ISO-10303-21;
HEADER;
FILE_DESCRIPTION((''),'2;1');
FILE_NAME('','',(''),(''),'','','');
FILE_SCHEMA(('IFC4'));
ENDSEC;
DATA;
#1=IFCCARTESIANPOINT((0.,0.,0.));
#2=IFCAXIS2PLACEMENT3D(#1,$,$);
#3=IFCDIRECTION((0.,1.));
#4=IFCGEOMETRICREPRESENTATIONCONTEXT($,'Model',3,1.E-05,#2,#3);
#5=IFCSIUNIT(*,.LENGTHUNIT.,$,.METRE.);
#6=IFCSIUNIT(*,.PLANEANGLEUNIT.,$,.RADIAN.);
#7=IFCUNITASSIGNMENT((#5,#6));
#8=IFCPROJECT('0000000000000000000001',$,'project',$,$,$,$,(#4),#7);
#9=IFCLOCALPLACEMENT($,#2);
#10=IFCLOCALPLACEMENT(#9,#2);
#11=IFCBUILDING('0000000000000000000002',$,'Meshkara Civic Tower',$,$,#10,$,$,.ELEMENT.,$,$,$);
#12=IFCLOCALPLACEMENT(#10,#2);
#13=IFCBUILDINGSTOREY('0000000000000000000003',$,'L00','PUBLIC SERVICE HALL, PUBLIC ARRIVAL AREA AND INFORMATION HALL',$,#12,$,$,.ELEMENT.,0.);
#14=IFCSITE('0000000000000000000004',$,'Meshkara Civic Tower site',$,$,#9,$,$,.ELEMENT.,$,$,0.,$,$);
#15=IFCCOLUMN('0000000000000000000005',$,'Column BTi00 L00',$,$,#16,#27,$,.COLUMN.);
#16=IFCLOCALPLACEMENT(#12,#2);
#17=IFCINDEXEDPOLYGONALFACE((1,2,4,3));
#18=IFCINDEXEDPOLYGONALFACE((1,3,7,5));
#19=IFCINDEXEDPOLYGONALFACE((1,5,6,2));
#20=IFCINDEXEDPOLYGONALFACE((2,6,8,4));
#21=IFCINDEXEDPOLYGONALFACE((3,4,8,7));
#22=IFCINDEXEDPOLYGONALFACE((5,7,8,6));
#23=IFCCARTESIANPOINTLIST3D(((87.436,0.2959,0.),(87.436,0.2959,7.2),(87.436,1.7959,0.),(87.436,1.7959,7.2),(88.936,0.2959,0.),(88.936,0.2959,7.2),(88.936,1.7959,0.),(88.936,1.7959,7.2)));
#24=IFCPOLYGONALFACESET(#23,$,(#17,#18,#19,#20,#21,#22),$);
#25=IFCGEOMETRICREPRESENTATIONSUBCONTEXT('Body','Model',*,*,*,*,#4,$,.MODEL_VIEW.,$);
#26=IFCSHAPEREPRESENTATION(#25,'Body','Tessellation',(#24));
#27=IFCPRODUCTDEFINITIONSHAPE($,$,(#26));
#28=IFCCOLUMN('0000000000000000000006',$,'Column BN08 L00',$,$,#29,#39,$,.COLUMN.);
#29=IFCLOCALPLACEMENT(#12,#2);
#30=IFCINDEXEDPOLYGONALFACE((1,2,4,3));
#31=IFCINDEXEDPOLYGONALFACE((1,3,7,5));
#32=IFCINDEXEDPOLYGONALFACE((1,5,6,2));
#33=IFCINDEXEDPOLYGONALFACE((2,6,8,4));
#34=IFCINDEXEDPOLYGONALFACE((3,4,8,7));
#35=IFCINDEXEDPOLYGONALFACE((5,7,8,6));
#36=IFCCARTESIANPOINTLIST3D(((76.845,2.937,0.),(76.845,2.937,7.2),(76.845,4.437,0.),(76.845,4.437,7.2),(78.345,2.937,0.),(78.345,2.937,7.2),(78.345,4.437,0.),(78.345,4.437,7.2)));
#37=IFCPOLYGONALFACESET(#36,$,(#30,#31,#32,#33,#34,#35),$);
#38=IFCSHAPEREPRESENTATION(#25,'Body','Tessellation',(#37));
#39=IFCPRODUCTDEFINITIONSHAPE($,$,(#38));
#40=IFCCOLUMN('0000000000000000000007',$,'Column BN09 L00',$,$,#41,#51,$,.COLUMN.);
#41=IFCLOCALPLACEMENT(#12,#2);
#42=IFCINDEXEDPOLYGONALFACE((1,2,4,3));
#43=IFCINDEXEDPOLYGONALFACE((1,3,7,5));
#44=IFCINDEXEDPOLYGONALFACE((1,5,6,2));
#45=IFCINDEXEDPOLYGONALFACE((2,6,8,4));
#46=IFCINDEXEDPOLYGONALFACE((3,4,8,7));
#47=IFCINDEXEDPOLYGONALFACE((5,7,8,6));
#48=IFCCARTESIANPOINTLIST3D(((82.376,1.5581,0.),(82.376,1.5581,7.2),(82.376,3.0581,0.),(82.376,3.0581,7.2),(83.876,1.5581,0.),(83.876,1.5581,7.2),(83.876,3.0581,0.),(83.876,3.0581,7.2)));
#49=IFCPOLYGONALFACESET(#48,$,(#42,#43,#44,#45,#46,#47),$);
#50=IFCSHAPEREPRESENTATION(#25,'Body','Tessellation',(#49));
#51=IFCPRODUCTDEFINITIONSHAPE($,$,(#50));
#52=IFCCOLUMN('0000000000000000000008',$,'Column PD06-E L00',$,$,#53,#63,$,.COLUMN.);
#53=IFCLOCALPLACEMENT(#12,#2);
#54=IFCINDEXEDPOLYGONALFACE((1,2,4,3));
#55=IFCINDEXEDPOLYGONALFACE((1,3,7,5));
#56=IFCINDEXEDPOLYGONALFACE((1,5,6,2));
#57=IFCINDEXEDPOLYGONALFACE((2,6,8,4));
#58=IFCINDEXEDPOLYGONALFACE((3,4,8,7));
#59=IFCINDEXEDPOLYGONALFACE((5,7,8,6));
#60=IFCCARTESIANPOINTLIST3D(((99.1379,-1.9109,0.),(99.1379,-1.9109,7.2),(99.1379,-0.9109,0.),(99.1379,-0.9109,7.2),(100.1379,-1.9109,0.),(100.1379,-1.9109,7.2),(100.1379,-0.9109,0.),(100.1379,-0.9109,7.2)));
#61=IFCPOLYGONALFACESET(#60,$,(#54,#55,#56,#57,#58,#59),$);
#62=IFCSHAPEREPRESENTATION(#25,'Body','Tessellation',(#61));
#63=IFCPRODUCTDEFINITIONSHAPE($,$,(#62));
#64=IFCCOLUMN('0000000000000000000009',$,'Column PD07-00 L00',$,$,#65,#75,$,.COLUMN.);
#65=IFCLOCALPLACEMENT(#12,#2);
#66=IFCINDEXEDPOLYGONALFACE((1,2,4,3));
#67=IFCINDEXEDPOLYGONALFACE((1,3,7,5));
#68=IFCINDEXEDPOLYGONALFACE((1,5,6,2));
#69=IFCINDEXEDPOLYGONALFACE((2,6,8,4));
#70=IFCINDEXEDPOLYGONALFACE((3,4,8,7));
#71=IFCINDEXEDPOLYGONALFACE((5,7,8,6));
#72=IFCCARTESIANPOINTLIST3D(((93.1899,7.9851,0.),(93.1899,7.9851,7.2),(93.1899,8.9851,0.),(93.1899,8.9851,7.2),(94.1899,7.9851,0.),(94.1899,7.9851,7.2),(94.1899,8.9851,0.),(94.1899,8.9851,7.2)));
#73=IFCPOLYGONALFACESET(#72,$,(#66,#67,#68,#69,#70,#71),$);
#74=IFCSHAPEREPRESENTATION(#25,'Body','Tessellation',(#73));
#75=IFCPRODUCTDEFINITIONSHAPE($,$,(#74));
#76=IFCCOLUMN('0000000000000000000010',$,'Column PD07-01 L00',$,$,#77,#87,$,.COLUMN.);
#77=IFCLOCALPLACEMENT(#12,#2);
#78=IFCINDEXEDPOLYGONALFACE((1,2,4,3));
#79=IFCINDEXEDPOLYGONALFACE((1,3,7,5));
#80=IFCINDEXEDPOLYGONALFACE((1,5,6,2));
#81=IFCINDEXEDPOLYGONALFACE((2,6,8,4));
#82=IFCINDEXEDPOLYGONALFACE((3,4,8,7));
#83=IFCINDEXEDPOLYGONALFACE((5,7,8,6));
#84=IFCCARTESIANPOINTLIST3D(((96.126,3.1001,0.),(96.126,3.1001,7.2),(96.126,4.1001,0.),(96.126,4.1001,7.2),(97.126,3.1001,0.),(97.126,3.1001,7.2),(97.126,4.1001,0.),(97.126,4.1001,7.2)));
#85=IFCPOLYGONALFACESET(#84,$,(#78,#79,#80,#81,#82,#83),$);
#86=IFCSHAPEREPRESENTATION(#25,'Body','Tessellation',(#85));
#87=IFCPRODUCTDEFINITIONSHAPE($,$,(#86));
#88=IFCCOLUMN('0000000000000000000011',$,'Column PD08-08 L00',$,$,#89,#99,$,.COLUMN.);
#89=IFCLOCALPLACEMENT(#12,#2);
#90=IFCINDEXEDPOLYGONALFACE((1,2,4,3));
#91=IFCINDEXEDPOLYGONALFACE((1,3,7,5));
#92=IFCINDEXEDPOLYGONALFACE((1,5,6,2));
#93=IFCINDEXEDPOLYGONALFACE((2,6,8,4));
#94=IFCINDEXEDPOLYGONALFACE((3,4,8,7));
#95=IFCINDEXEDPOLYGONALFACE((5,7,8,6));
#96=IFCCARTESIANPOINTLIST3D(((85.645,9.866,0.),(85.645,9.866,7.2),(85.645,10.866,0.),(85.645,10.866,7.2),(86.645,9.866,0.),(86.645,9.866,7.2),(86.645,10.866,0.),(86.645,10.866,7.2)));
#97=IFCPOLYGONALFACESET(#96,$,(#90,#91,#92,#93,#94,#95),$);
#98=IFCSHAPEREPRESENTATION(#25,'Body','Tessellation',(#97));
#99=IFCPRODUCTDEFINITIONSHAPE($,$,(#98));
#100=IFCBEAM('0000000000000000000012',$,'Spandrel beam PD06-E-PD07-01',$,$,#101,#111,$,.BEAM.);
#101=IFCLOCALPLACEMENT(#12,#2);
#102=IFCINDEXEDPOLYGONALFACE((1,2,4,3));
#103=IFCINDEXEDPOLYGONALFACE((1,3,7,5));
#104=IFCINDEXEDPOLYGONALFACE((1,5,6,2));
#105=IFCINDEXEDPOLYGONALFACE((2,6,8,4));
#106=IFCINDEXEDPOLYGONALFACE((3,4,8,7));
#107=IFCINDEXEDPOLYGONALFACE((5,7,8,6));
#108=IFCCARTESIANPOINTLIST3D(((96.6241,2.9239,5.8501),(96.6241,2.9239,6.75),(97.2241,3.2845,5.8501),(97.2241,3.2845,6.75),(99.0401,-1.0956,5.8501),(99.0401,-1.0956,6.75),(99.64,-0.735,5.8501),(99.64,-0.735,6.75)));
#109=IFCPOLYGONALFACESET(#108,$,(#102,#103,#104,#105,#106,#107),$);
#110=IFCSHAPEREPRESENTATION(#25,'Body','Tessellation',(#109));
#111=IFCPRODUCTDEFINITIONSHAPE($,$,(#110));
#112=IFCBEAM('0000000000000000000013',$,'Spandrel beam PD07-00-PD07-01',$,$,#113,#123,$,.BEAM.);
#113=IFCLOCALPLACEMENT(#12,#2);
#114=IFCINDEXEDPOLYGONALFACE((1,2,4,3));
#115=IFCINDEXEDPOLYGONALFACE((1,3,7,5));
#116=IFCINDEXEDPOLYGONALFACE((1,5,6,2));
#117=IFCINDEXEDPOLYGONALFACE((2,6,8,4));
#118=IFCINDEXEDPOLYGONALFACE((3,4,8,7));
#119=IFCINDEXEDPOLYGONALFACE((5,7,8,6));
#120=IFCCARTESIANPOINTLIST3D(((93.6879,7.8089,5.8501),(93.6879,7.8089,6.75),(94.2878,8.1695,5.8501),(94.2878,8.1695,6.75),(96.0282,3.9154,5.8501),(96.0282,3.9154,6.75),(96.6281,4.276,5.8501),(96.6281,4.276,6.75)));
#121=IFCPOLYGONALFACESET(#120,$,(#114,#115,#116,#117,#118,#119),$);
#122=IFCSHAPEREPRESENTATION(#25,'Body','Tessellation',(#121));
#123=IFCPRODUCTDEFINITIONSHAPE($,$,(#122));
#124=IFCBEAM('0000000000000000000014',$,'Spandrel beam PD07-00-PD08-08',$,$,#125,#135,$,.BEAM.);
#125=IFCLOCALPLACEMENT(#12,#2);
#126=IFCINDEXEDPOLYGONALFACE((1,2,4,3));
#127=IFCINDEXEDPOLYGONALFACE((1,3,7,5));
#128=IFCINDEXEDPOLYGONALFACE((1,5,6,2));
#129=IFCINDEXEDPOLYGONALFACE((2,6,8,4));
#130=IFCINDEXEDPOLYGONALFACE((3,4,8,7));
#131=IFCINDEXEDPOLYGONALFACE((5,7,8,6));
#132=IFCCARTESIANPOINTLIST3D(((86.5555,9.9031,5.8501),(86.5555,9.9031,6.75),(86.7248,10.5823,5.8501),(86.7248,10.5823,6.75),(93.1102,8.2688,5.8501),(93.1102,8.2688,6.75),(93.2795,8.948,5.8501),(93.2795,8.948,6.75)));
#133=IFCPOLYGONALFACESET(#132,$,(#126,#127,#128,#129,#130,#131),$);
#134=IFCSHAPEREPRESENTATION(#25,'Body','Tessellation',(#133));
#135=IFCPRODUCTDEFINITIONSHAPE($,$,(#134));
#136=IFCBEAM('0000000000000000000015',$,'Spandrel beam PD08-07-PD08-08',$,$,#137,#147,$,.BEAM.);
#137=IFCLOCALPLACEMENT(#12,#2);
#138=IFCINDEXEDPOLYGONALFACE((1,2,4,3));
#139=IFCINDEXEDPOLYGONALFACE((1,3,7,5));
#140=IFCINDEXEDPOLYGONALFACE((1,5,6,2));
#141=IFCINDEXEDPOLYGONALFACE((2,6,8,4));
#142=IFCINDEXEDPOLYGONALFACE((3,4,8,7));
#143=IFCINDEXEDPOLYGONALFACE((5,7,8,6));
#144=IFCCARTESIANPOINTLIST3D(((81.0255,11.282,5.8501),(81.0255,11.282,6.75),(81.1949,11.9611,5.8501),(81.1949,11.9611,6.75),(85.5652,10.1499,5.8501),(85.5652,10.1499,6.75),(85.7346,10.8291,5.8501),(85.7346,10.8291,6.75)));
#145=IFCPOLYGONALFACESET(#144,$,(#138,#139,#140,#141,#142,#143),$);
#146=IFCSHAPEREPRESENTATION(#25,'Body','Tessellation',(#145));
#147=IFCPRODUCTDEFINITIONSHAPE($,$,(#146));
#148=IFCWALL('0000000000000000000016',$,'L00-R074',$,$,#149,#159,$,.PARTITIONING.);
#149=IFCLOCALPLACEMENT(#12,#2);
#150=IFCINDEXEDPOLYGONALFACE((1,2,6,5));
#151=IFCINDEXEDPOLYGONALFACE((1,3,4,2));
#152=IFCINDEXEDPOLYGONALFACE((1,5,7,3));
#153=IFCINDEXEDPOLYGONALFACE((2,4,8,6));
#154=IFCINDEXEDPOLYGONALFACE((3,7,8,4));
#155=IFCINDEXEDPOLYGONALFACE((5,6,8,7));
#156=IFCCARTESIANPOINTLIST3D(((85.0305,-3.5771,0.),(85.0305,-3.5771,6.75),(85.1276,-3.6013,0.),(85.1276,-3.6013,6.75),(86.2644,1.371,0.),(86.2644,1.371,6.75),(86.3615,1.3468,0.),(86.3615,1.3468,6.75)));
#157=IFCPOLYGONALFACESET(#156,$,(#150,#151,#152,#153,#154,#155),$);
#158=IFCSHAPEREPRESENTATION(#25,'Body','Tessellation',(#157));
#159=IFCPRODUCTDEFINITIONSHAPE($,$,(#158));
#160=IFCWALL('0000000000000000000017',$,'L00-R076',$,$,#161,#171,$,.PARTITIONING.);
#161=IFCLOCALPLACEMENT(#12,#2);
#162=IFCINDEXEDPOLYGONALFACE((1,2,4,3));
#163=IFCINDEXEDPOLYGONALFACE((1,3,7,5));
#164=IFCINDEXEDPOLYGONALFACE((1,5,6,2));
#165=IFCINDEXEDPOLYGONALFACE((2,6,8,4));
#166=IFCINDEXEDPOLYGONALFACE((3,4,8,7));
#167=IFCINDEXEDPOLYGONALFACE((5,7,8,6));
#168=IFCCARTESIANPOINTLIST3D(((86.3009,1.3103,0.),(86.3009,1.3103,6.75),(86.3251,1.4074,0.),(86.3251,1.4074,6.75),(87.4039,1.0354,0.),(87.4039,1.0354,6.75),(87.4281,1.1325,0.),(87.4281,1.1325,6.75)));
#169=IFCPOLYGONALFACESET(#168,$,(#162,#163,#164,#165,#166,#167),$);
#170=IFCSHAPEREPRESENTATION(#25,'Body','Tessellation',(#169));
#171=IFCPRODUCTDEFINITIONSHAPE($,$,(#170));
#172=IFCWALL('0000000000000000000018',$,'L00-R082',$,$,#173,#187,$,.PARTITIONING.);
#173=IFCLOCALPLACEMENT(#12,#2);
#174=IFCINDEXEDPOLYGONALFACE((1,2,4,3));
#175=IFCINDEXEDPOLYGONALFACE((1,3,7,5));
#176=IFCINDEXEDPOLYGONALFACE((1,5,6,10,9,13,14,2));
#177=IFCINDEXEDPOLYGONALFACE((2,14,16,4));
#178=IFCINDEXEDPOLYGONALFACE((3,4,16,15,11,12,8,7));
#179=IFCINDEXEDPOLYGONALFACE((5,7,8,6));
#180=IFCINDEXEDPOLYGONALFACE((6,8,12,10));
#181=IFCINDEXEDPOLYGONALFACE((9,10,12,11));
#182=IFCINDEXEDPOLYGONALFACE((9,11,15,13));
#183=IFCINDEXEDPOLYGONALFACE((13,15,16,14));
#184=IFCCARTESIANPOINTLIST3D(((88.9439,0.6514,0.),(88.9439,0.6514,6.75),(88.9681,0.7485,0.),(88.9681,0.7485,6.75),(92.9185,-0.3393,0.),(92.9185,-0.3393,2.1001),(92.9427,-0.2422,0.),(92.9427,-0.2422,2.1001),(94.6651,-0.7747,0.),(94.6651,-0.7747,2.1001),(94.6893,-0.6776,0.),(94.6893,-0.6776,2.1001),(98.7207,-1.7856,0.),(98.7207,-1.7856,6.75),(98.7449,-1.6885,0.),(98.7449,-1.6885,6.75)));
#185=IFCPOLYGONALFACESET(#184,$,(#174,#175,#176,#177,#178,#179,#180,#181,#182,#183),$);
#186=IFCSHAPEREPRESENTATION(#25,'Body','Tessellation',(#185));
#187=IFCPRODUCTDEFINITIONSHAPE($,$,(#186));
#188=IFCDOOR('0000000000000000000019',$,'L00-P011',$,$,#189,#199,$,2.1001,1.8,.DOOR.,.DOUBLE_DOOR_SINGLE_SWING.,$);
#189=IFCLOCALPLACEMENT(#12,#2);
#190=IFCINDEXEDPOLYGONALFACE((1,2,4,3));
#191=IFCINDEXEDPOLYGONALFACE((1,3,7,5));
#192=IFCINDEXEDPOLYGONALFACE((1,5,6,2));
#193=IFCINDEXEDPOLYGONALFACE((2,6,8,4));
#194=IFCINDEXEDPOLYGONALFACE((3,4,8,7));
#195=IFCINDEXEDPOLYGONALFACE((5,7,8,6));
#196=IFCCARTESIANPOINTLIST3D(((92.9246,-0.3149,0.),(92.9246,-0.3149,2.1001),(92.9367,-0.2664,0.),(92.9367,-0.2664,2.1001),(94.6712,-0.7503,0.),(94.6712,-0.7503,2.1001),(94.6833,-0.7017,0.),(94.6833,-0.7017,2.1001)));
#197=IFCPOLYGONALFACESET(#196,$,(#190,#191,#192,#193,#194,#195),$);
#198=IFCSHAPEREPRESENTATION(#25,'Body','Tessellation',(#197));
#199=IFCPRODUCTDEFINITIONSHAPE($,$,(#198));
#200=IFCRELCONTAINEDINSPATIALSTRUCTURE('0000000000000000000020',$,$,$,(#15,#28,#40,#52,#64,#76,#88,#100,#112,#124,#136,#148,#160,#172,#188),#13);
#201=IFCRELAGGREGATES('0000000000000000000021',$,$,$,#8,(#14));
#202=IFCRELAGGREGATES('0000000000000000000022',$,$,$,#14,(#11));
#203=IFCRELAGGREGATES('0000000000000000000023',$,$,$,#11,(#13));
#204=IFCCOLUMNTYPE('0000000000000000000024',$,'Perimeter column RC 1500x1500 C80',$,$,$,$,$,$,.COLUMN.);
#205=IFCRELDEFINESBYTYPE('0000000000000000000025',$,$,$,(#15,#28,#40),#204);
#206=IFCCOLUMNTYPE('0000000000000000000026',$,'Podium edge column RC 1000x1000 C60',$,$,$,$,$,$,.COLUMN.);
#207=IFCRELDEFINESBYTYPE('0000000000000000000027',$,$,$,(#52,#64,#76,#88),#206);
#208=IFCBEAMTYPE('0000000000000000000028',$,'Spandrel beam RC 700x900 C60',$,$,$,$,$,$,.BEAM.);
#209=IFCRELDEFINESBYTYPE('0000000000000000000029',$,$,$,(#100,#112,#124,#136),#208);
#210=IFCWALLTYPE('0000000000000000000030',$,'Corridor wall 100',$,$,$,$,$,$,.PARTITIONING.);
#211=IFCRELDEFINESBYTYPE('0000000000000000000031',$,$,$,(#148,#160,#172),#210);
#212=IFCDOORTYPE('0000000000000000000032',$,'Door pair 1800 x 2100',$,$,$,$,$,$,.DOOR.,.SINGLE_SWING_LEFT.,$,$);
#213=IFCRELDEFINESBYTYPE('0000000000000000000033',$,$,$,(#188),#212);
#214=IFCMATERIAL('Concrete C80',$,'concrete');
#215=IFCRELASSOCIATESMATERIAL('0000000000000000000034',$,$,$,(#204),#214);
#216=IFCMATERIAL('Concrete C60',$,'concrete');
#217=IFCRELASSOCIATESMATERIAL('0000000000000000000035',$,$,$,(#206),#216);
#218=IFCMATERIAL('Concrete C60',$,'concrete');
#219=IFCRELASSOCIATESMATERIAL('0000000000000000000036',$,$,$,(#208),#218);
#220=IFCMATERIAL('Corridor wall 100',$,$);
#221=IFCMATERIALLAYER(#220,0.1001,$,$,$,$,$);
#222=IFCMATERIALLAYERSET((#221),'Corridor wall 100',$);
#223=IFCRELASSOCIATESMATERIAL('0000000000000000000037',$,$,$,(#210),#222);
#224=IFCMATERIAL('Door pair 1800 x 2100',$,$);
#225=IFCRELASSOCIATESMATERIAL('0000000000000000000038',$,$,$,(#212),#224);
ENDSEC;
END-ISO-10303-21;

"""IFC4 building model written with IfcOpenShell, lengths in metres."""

from ifc_helpers import new_model, si_unit, direction, frame, frame_2d, origin, origin_2d, place, context, subcontext, project, spatial, rectangle, extrude, material, layer, layer_set, material_profile, profile_set, type_object, element, fill, save


model = new_model("IFC4")

# Units and contexts
model_context = context("Model", 3, precision=1e-05, world=origin(), true_north=direction((0.0, 1.0)))
body_context = subcontext(model_context, "Body", "Model", "MODEL_VIEW")
ifc_project = project(units=[si_unit("LENGTHUNIT", "METRE"), si_unit("PLANEANGLEUNIT", "RADIAN")], contexts=[model_context])

# Site, building, storey
site_placement = place(None, origin())
site = spatial("IfcSite", under=ifc_project, at=site_placement, Name="Meshkara Civic Tower site", CompositionType="ELEMENT", RefElevation=0.0)
building_placement = place(site_placement, origin())
building = spatial("IfcBuilding", under=site, at=building_placement, Name="Meshkara Civic Tower", CompositionType="ELEMENT")
storey_placement = place(building_placement, origin())
storey = spatial("IfcBuildingStorey", under=building, at=storey_placement, Name="L00", Description="PUBLIC SERVICE HALL, PUBLIC ARRIVAL AREA AND INFORMATION HALL", CompositionType="ELEMENT", Elevation=0.0)

# Columns
ifc_material_1 = material(Name="Concrete C80", Category="concrete")
ifc_material_profile_1 = material_profile(ifc_material_1, rectangle(XDim=1.5, YDim=1.5, at=origin_2d()))
ifc_profile_set_1 = profile_set([ifc_material_profile_1], Name="Concrete C80")
column_type_1 = type_object("IfcColumnType", Name="Perimeter column RC 1500x1500 C80", PredefinedType="COLUMN", material=ifc_profile_set_1)
for number, where, z_axis, x_axis, name in (
    (1, (88.186, 1.0459, 0.0), (0.0, 0.0, 1.0), (1.0, 0.0, 0.0), "Column BTi00 L00"),
    (2, (77.595, 3.687, 0.0), (0.0, 0.0, 1.0), (1.0, 0.0, 0.0), "Column BN08 L00"),
    (3, (83.126, 2.3081, 0.0), (0.0, 0.0, 1.0), (1.0, 0.0, 0.0), "Column BN09 L00"),
):
    element("IfcColumn", number, at=place(storey_placement, frame(where, z_axis=z_axis, x_axis=x_axis)), inside=storey, type_object=column_type_1, Name=name, PredefinedType="COLUMN", context=body_context, shape_type="SweptSolid", body=[
        extrude(rectangle(XDim=1.5, YDim=1.5, at=origin_2d()), origin(), (0.0, 0.0, 1.0), 7.2),
    ])
ifc_material_2 = material(Name="Concrete C60", Category="concrete")
ifc_material_profile_2 = material_profile(ifc_material_2, rectangle(XDim=1.0, YDim=1.0, at=origin_2d()))
ifc_profile_set_2 = profile_set([ifc_material_profile_2], Name="Concrete C60")
column_type_2 = type_object("IfcColumnType", Name="Podium edge column RC 1000x1000 C60", PredefinedType="COLUMN", material=ifc_profile_set_2)
for number, where, z_axis, x_axis, name in (
    (4, (99.6379, -1.4109, 0.0), (0.0, 0.0, 1.0), (1.0, 0.0, 0.0), "Column PD06-E L00"),
    (5, (93.6899, 8.4851, 0.0), (0.0, 0.0, 1.0), (1.0, 0.0, 0.0), "Column PD07-00 L00"),
    (6, (96.626, 3.6001, 0.0), (0.0, 0.0, 1.0), (1.0, 0.0, 0.0), "Column PD07-01 L00"),
    (7, (86.145, 10.366, 0.0), (0.0, 0.0, 1.0), (1.0, 0.0, 0.0), "Column PD08-08 L00"),
):
    element("IfcColumn", number, at=place(storey_placement, frame(where, z_axis=z_axis, x_axis=x_axis)), inside=storey, type_object=column_type_2, Name=name, PredefinedType="COLUMN", context=body_context, shape_type="SweptSolid", body=[
        extrude(rectangle(XDim=1.0, YDim=1.0, at=origin_2d()), origin(), (0.0, 0.0, 1.0), 7.2),
    ])

# Beams
ifc_material_3 = material(Name="Concrete C60", Category="concrete")
ifc_material_profile_3 = material_profile(ifc_material_3, rectangle(XDim=0.7, YDim=0.8999, at=origin_2d()))
ifc_profile_set_3 = profile_set([ifc_material_profile_3], Name="Concrete C60")
beam_type = type_object("IfcBeamType", Name="Spandrel beam RC 700x900 C60", PredefinedType="BEAM", material=ifc_profile_set_3)
beam_1_placement = place(storey_placement, frame((99.3401, -0.9153, 6.3), z_axis=(-0.515169, 0.857088, 0.0), x_axis=(-0.857088, -0.515169, 0.0)))
element("IfcBeam", 8, at=beam_1_placement, inside=storey, type_object=beam_type, Name="Spandrel beam PD06-E-PD07-01", PredefinedType="BEAM", context=body_context, shape_type="SweptSolid", body=[
    extrude(rectangle(XDim=0.7, YDim=0.8999, at=origin_2d()), origin(), (0.0, 0.0, 1.0), 4.6897),
])
beam_2_placement = place(storey_placement, frame((96.3281, 4.0957, 6.3), z_axis=(-0.515175, 0.857085, 0.0), x_axis=(-0.857085, -0.515175, 0.0)))
element("IfcBeam", 9, at=beam_2_placement, inside=storey, type_object=beam_type, Name="Spandrel beam PD07-00-PD07-01", PredefinedType="BEAM", context=body_context, shape_type="SweptSolid", body=[
    extrude(rectangle(XDim=0.7, YDim=0.8999, at=origin_2d()), origin(), (0.0, 0.0, 1.0), 4.5427),
])
beam_3_placement = place(storey_placement, frame((93.1948, 8.6084, 6.3), z_axis=(-0.970295, 0.241923, 0.0), x_axis=(-0.241923, -0.970295, 0.0)))
element("IfcBeam", 10, at=beam_3_placement, inside=storey, type_object=beam_type, Name="Spandrel beam PD07-00-PD08-08", PredefinedType="BEAM", context=body_context, shape_type="SweptSolid", body=[
    extrude(rectangle(XDim=0.7, YDim=0.8999, at=origin_2d()), origin(), (0.0, 0.0, 1.0), 6.7554),
])
beam_4_placement = place(storey_placement, frame((85.6499, 10.4895, 6.3), z_axis=(-0.970287, 0.241959, 0.0), x_axis=(-0.241959, -0.970287, 0.0)))
element("IfcBeam", 11, at=beam_4_placement, inside=storey, type_object=beam_type, Name="Spandrel beam PD08-07-PD08-08", PredefinedType="BEAM", context=body_context, shape_type="SweptSolid", body=[
    extrude(rectangle(XDim=0.7, YDim=0.8999, at=origin_2d()), origin(), (0.0, 0.0, 1.0), 4.6787),
])

# Walls
ifc_material_4 = material(Name="Corridor wall 100")
ifc_layer_1 = layer(ifc_material_4, 0.1001)
ifc_layer_set_1 = layer_set([ifc_layer_1], Name="Corridor wall 100")
wall_type_1 = type_object("IfcWallType", Name="Corridor wall 100", PredefinedType="PARTITIONING", material=ifc_layer_set_1)
wall_1_placement = place(storey_placement, frame((86.313, 1.3589, 0.0), z_axis=(0.0, 0.0, 1.0), x_axis=(-0.241961, -0.970286, 0.0)))
element("IfcWall", 12, at=wall_1_placement, inside=storey, type_object=wall_type_1, Name="L00-R074", PredefinedType="PARTITIONING", context=body_context, shape_type="SweptSolid", body=[
    extrude(rectangle(XDim=5.0996, YDim=0.1001, at=frame_2d((2.5498, 0.0))), origin(), (0.0, 0.0, 1.0), 6.75),
])
wall_2_placement = place(storey_placement, frame((87.416, 1.084, 0.0), z_axis=(0.0, 0.0, 1.0), x_axis=(-0.970319, 0.241828, 0.0)))
element("IfcWall", 13, at=wall_2_placement, inside=storey, type_object=wall_type_1, Name="L00-R076", PredefinedType="PARTITIONING", context=body_context, shape_type="SweptSolid", body=[
    extrude(rectangle(XDim=1.1367, YDim=0.1001, at=frame_2d((0.5684, 0.0))), origin(), (0.0, 0.0, 1.0), 6.75),
])

# Wall, opening, door
wall_3_placement = place(storey_placement, frame((98.7329, -1.7371, 0.0), z_axis=(0.0, 0.0, 1.0), x_axis=(-0.97031, 0.241863, 0.0)))
wall_3 = element("IfcWall", 14, at=wall_3_placement, inside=storey, type_object=wall_type_1, Name="L00-R082", PredefinedType="PARTITIONING", context=body_context, shape_type="SweptSolid", body=[
    extrude(rectangle(XDim=10.0759, YDim=0.1001, at=frame_2d((5.0381, 0.0))), origin(), (0.0, 0.0, 1.0), 6.75),
])
opening_1_placement = place(wall_3_placement, frame((4.1799, 0.0, 0.0)))
opening_1 = element("IfcOpeningElement", 15, at=opening_1_placement, cuts=wall_3, PredefinedType="OPENING", context=body_context, shape_type="SweptSolid", body=[
    extrude(rectangle(XDim=1.8, YDim=2.1001, at=frame_2d((0.8999, 1.05))), frame((0.0, 0.0601, 0.0), z_axis=(0.0, -1.0, 0.0), x_axis=(1.0, 0.0, 0.0)), (0.0, 0.0, 1.0), 0.1201),
])
ifc_material_5 = material(Name="Door pair 1800 x 2100")
door_type = type_object("IfcDoorType", Name="Door pair 1800 x 2100", OperationType="SINGLE_SWING_LEFT", PredefinedType="DOOR", material=ifc_material_5)
door_placement = place(opening_1_placement, origin())
door = element("IfcDoor", 16, at=door_placement, inside=storey, type_object=door_type, Name="L00-P011", OperationType="DOUBLE_DOOR_SINGLE_SWING", OverallHeight=2.1001, OverallWidth=1.8, PredefinedType="DOOR", context=body_context, shape_type="SweptSolid", body=[
    extrude(rectangle(XDim=1.8, YDim=2.1001, at=frame_2d((0.8999, 1.05))), frame((0.0, 0.0249, 0.0), z_axis=(0.0, -1.0, 0.0), x_axis=(1.0, 0.0, 0.0)), (0.0, 0.0, 1.0), 0.05),
])
fill(opening_1, door)

save(model, "model.ifc")
